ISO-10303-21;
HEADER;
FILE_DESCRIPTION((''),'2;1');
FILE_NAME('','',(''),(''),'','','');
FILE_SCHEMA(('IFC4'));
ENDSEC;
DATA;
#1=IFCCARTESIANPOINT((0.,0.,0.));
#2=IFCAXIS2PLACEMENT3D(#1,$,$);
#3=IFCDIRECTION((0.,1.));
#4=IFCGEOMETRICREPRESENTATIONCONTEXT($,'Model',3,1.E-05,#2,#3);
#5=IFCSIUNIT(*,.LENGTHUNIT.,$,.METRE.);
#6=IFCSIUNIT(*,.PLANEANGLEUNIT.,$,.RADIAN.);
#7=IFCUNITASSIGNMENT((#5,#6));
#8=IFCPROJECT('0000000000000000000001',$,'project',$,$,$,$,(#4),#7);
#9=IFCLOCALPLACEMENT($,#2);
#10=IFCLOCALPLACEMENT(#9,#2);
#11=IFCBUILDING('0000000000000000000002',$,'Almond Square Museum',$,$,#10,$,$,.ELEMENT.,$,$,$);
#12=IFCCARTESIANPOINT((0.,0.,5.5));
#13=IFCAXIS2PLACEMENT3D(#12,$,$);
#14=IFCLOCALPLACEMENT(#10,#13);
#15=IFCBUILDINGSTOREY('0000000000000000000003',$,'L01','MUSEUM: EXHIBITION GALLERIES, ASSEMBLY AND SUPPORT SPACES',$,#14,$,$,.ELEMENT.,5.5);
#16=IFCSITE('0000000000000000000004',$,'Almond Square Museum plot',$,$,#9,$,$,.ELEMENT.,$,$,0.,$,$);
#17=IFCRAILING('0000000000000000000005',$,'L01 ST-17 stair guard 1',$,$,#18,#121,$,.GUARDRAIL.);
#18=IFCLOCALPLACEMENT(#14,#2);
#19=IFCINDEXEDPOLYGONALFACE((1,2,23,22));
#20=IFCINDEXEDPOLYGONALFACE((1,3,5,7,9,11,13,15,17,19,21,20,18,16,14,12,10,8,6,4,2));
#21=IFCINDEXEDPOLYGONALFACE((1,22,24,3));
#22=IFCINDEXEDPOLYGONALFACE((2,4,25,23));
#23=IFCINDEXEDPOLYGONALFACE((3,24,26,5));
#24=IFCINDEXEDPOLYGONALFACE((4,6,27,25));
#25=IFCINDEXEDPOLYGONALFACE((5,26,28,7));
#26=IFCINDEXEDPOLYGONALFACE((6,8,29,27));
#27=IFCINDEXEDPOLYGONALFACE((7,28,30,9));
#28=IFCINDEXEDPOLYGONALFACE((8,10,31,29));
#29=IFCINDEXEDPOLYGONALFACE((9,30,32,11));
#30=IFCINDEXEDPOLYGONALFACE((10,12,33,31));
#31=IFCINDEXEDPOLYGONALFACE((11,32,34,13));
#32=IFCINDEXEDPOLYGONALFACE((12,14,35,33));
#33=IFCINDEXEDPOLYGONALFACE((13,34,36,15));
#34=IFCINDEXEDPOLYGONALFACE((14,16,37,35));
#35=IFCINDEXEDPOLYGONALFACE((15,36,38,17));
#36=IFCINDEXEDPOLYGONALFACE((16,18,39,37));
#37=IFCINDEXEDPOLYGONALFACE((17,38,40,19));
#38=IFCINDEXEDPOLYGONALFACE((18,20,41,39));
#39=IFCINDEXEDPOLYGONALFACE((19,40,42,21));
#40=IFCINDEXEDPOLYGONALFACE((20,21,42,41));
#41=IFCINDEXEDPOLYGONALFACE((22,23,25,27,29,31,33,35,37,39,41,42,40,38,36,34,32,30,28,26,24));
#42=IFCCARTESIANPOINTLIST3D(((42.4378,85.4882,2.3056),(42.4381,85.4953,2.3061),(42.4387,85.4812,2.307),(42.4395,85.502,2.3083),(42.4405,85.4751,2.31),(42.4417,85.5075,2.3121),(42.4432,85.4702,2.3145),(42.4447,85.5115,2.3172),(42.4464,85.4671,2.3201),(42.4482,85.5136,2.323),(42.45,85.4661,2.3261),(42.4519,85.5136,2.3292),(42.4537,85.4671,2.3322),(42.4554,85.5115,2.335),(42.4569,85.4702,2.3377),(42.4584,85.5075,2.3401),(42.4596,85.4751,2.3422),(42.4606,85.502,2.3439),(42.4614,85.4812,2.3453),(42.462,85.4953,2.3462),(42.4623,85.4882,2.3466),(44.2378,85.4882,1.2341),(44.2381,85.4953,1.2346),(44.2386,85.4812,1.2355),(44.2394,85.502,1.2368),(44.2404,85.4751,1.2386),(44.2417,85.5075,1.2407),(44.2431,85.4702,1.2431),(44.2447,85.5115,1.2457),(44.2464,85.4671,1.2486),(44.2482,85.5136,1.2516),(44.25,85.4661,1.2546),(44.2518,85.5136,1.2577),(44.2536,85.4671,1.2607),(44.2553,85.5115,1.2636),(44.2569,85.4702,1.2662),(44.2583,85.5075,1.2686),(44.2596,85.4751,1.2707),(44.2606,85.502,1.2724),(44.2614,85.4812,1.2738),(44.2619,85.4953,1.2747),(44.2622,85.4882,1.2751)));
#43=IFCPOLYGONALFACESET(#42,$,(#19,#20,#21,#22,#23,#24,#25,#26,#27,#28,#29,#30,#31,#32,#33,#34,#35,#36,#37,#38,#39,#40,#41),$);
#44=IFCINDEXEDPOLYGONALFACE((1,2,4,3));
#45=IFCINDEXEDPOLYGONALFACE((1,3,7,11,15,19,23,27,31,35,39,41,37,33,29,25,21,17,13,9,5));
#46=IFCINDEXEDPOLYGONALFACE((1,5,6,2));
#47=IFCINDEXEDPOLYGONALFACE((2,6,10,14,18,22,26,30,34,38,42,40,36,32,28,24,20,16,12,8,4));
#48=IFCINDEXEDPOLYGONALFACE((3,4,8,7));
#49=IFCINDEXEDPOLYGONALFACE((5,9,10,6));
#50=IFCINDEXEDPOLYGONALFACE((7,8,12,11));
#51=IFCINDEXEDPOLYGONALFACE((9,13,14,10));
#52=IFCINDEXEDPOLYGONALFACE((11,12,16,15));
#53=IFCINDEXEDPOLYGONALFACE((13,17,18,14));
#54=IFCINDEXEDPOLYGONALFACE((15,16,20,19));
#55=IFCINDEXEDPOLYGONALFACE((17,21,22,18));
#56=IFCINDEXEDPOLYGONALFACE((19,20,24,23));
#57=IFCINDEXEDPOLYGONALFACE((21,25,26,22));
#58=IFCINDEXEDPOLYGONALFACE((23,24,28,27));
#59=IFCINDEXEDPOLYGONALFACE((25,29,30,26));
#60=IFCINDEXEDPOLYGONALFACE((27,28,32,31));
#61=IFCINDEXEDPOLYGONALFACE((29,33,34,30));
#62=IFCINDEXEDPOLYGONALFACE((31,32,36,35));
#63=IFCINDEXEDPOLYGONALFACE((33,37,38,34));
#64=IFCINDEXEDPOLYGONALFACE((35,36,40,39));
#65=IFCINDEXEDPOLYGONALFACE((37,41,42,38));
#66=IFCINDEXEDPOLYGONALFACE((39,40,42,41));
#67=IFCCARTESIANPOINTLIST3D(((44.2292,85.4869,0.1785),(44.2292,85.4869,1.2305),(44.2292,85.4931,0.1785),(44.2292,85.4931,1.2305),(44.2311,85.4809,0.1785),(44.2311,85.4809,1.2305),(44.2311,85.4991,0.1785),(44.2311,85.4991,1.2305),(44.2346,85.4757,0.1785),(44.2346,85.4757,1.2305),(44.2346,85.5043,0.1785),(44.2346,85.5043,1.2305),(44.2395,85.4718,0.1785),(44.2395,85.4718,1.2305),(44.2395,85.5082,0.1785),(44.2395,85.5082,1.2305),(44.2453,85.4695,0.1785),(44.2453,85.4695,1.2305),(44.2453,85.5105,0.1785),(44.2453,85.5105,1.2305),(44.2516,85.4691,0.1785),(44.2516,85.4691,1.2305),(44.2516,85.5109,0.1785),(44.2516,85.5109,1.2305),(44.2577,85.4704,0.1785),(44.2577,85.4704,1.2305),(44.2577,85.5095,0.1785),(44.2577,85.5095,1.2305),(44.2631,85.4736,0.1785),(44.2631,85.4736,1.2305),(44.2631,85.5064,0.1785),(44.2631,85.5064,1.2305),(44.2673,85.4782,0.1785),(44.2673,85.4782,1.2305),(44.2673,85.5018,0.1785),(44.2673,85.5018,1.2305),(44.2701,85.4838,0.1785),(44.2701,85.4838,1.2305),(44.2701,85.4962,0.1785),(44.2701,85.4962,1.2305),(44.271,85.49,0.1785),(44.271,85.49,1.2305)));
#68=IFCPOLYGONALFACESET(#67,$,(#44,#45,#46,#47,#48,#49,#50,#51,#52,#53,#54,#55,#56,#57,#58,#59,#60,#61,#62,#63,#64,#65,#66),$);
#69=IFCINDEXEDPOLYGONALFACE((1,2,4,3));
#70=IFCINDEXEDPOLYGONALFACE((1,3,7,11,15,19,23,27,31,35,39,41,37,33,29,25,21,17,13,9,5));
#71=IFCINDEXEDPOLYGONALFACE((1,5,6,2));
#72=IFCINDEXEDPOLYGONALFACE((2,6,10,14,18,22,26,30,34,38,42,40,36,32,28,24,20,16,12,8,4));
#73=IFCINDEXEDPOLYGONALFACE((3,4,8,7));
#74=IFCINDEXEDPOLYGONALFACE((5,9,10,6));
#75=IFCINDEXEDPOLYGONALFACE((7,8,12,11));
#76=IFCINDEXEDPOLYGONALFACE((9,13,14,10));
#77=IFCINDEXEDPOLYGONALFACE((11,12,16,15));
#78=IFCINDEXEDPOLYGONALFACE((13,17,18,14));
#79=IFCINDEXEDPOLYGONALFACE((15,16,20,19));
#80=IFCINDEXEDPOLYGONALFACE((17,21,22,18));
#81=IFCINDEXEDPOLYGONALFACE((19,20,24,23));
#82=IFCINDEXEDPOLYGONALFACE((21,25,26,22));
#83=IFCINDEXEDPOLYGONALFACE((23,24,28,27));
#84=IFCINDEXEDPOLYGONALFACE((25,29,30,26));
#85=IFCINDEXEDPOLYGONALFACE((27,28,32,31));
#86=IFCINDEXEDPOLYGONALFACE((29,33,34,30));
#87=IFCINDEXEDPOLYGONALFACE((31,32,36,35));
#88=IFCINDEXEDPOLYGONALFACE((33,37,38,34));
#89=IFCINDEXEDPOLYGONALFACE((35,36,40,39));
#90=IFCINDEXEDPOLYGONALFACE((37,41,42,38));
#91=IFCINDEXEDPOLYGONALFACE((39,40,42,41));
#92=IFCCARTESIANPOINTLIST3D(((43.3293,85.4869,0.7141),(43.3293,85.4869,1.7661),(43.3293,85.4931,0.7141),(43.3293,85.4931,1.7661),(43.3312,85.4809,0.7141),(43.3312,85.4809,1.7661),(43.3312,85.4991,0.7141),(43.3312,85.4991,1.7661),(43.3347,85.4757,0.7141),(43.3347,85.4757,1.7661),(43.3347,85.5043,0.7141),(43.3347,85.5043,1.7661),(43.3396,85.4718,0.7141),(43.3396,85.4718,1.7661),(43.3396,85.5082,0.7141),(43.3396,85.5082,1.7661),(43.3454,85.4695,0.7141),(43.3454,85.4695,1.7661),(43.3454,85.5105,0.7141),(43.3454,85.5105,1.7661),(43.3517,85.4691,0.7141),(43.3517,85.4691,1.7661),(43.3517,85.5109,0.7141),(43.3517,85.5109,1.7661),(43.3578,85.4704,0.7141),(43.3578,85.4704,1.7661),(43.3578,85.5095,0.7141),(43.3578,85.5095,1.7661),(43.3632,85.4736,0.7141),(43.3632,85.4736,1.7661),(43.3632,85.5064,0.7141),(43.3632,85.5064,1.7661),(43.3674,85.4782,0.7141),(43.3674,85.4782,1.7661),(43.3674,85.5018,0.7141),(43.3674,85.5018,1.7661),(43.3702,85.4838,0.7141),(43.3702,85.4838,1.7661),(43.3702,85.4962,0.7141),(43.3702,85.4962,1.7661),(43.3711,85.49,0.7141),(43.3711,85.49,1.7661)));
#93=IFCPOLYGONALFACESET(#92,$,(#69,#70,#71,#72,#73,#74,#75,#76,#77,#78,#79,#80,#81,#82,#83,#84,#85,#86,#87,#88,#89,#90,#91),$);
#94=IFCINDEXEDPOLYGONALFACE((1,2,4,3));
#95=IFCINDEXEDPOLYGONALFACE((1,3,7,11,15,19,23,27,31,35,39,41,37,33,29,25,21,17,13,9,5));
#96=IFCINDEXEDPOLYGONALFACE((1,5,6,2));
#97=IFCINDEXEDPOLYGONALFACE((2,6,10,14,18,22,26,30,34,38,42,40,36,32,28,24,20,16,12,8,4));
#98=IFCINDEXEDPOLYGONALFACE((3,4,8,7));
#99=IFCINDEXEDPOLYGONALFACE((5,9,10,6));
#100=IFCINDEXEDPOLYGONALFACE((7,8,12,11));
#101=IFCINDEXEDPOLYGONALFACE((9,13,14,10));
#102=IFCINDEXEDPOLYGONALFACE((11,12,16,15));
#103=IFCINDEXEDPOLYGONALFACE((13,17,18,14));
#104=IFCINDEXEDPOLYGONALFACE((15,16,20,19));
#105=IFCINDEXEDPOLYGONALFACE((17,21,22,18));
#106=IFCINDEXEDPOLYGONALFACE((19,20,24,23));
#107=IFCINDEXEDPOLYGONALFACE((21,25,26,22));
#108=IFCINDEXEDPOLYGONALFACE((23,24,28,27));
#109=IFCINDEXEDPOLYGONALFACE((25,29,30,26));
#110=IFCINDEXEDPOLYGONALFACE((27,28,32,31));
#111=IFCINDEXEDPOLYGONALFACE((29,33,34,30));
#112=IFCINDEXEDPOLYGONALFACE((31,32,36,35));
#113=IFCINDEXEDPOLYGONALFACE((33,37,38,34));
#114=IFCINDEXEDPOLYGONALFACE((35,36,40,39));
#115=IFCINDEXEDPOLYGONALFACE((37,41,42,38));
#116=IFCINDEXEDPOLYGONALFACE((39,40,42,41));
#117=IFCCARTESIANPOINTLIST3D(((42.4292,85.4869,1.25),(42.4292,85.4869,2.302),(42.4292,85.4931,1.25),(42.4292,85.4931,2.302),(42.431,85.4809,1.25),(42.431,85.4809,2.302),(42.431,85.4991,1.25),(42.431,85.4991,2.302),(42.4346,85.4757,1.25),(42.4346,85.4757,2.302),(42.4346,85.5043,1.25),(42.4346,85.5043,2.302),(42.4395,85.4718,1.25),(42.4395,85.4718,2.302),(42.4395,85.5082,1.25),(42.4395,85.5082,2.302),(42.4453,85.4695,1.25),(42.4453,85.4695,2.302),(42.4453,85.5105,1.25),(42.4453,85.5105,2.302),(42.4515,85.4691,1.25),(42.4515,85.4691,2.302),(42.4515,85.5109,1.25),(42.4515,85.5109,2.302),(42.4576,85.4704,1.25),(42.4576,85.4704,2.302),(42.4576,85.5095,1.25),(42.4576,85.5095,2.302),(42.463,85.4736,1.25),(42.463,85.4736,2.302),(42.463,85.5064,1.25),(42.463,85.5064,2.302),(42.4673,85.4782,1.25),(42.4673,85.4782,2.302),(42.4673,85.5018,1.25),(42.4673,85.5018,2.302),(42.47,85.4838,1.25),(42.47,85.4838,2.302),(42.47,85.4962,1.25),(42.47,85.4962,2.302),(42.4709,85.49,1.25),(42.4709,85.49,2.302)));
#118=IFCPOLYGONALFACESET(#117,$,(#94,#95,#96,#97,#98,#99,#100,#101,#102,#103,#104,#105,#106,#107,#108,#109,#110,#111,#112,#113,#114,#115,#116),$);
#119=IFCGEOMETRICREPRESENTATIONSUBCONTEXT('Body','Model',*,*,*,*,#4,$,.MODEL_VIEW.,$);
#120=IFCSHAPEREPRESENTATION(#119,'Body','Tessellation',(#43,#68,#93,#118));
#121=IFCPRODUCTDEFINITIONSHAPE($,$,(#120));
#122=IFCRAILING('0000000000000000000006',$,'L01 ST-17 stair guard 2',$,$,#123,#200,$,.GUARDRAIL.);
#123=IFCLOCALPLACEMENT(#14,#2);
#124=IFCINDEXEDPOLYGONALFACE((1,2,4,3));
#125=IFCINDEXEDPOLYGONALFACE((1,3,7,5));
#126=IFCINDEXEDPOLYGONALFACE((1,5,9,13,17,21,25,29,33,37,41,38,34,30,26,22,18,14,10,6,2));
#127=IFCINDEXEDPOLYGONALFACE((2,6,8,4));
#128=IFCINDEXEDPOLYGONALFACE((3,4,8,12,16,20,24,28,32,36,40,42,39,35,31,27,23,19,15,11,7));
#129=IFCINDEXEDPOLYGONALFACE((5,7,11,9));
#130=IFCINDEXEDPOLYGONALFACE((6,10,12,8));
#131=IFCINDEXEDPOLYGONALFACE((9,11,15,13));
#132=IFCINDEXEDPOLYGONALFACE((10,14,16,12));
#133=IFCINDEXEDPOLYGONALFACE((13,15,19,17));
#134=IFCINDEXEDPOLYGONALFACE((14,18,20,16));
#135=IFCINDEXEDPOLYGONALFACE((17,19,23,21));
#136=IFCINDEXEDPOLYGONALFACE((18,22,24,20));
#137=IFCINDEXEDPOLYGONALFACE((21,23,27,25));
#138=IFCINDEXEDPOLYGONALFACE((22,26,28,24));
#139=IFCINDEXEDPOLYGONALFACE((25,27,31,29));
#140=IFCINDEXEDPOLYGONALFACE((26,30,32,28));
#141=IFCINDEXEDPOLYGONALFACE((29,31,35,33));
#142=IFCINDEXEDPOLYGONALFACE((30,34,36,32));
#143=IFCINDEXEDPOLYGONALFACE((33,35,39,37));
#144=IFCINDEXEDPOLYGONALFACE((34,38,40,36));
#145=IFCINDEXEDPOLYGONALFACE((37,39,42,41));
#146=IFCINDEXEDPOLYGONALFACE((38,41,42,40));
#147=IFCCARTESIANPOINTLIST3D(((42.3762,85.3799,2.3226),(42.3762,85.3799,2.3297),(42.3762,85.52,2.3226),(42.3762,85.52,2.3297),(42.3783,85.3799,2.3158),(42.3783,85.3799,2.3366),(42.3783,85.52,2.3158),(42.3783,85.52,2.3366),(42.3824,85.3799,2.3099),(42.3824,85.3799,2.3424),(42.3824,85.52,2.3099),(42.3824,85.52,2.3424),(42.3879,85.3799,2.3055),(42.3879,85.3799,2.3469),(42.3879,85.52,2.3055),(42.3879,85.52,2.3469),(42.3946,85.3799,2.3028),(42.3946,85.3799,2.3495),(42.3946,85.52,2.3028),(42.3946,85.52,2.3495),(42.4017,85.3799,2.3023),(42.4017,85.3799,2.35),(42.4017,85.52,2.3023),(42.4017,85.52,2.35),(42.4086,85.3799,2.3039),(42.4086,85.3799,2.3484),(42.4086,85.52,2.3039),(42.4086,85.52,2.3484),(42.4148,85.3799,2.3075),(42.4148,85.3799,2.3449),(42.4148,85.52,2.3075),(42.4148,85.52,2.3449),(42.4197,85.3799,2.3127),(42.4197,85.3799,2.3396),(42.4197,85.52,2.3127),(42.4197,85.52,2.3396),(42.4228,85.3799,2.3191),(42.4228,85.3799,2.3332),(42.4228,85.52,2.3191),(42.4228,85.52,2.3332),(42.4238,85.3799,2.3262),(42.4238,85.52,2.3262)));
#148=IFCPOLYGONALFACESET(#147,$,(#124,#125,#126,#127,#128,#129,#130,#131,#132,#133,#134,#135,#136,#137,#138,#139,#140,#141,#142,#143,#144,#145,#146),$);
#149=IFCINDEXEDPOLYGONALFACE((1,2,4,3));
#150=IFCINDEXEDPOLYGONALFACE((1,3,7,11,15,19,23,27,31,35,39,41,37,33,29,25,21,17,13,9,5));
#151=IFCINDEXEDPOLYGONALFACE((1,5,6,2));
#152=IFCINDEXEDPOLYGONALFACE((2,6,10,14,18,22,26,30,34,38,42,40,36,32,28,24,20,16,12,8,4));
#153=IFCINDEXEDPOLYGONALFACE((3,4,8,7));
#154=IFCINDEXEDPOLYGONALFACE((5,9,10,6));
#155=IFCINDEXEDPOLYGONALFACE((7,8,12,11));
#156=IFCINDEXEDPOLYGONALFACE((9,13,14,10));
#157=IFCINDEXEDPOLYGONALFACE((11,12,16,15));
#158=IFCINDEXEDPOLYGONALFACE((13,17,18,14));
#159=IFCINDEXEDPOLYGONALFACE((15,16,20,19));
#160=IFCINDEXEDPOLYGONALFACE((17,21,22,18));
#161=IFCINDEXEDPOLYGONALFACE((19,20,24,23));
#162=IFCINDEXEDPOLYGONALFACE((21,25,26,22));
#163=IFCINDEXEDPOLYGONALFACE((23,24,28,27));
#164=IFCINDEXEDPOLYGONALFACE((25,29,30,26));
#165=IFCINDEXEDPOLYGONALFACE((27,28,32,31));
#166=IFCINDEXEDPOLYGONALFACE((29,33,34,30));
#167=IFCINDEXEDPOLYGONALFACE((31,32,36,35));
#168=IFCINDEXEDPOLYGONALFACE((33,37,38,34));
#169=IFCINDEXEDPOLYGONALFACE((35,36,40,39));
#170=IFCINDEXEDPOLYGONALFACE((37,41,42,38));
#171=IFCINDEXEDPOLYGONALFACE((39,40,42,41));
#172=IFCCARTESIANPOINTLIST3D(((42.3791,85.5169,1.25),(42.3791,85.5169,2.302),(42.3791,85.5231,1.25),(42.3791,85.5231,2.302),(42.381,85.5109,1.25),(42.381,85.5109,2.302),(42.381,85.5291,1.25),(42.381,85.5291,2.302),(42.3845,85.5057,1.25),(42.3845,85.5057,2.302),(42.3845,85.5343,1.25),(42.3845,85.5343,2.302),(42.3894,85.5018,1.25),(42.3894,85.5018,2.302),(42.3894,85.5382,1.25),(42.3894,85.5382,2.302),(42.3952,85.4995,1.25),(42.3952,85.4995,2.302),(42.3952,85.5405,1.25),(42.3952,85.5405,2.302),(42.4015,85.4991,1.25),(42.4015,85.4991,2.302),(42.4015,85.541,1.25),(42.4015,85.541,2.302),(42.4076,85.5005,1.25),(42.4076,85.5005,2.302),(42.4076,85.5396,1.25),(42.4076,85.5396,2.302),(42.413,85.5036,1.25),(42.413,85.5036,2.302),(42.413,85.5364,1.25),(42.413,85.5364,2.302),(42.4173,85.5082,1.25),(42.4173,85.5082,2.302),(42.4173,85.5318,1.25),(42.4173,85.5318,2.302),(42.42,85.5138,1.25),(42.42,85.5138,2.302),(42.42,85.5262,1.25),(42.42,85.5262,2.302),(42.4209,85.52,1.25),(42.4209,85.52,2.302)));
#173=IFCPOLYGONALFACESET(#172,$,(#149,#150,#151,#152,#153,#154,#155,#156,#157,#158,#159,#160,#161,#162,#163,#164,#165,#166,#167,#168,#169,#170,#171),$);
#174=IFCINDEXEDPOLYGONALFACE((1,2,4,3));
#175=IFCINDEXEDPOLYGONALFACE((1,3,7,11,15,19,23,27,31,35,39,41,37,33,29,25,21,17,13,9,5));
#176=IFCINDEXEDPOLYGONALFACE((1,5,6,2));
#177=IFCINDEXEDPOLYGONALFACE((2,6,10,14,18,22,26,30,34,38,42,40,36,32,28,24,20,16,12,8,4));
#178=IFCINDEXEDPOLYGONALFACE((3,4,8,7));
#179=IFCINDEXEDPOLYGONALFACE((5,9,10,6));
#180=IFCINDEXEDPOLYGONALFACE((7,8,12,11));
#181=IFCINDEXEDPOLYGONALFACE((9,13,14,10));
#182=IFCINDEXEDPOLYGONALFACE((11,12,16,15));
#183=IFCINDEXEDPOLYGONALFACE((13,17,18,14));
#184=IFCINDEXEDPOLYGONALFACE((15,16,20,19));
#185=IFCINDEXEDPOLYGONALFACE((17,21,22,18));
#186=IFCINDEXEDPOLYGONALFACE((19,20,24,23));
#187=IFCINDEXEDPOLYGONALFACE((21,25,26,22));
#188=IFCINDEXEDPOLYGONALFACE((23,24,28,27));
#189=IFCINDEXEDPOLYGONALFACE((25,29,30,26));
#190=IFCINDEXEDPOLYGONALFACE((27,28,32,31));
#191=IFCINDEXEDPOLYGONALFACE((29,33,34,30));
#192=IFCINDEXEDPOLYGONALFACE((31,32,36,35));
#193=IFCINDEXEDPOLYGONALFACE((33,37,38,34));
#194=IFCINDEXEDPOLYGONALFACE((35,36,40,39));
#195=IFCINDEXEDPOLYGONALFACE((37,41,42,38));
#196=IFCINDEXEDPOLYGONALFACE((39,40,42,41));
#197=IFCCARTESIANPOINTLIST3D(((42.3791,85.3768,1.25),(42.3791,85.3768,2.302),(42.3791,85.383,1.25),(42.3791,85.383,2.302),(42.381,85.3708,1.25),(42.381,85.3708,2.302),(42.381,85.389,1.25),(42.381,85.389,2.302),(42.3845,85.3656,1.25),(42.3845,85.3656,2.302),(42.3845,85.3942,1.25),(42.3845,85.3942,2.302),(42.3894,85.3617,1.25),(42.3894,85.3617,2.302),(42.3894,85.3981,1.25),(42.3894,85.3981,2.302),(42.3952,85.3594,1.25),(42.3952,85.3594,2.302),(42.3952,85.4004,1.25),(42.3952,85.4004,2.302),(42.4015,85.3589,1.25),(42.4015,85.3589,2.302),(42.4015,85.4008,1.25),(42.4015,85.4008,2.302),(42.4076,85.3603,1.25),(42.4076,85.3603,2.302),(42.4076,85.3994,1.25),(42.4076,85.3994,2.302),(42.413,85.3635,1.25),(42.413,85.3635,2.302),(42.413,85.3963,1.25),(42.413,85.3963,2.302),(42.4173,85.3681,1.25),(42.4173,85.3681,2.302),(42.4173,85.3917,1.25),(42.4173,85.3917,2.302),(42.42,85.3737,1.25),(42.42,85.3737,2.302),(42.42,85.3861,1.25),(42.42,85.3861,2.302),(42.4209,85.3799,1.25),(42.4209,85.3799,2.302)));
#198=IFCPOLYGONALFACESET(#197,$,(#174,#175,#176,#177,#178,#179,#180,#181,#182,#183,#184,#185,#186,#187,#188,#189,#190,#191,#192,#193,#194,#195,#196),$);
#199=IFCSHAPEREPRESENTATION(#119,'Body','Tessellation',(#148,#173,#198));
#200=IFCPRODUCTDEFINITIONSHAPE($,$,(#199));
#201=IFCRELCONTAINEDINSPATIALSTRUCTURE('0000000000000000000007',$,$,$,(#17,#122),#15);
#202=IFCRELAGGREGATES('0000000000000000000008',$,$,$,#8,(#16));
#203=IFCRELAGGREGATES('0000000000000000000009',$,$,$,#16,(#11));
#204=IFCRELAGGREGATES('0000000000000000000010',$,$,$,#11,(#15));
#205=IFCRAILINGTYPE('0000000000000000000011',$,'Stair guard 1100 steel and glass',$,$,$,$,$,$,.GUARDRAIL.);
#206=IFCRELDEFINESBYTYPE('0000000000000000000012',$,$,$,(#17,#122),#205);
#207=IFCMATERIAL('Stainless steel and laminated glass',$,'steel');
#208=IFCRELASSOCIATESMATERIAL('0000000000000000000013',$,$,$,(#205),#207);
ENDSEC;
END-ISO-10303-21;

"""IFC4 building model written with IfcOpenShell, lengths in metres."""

from ifc_helpers import new_model, si_unit, direction, frame, origin, origin_2d, place, context, subcontext, project, spatial, circle, extrude, material, type_object, element, save


model = new_model("IFC4")

# Units and contexts
model_context = context("Model", 3, precision=1e-05, world=origin(), true_north=direction((0.0, 1.0)))
body_context = subcontext(model_context, "Body", "Model", "MODEL_VIEW")
ifc_project = project(units=[si_unit("LENGTHUNIT", "METRE"), si_unit("PLANEANGLEUNIT", "RADIAN")], contexts=[model_context])

# Site, building, storey
site_placement = place(None, origin())
site = spatial("IfcSite", under=ifc_project, at=site_placement, Name="Almond Square Museum plot", CompositionType="ELEMENT", RefElevation=0.0)
building_placement = place(site_placement, origin())
building = spatial("IfcBuilding", under=site, at=building_placement, Name="Almond Square Museum", CompositionType="ELEMENT")
storey_placement = place(building_placement, frame((0.0, 0.0, 5.5)))
storey = spatial("IfcBuildingStorey", under=building, at=storey_placement, Name="L01", Description="MUSEUM: EXHIBITION GALLERIES, ASSEMBLY AND SUPPORT SPACES", CompositionType="ELEMENT", Elevation=5.5)

# Railings
ifc_material_1 = material(Name="Stainless steel and laminated glass", Category="steel")
railing_type_1 = type_object("IfcRailingType", Name="Stair guard 1100 steel and glass", PredefinedType="GUARDRAIL", material=ifc_material_1)
railing_1_placement = place(storey_placement, frame((44.25, 85.49, 0.1785)))
element("IfcRailing", 1, at=railing_1_placement, inside=storey, type_object=railing_type_1, Name="L01 ST-17 stair guard 1", PredefinedType="GUARDRAIL", context=body_context, shape_type="SweptSolid", body=[
    extrude(circle(Radius=0.0239, at=origin_2d()), frame((0.0, 0.0, 1.0762), z_axis=(-0.859277, 0.0, 0.51151), x_axis=(0.0, -1.0, 0.0)), (0.0, 0.0, 1.0), 2.0947),
    extrude(circle(Radius=0.021, at=origin_2d()), origin(), (0.0, 0.0, 1.0), 1.052),
    extrude(circle(Radius=0.021, at=origin_2d()), frame((-0.8999, 0.0, 0.5356)), (0.0, 0.0, 1.0), 1.052),
    extrude(circle(Radius=0.021, at=origin_2d()), frame((-1.8, 0.0, 1.0715)), (0.0, 0.0, 1.0), 1.052),
])
railing_2_placement = place(storey_placement, frame((42.3999, 85.52, 1.25)))
element("IfcRailing", 2, at=railing_2_placement, inside=storey, type_object=railing_type_1, Name="L01 ST-17 stair guard 2", PredefinedType="GUARDRAIL", context=body_context, shape_type="SweptSolid", body=[
    extrude(circle(Radius=0.0239, at=origin_2d()), frame((0.0, 0.0, 1.0762), z_axis=(0.0, -1.0, 0.0), x_axis=(1.0, 0.0, 0.0)), (0.0, 0.0, 1.0), 0.1401),
    extrude(circle(Radius=0.021, at=origin_2d()), origin(), (0.0, 0.0, 1.0), 1.052),
    extrude(circle(Radius=0.021, at=origin_2d()), frame((0.0, -0.1401, 0.0)), (0.0, 0.0, 1.0), 1.052),
])

save(model, "model.ifc")
